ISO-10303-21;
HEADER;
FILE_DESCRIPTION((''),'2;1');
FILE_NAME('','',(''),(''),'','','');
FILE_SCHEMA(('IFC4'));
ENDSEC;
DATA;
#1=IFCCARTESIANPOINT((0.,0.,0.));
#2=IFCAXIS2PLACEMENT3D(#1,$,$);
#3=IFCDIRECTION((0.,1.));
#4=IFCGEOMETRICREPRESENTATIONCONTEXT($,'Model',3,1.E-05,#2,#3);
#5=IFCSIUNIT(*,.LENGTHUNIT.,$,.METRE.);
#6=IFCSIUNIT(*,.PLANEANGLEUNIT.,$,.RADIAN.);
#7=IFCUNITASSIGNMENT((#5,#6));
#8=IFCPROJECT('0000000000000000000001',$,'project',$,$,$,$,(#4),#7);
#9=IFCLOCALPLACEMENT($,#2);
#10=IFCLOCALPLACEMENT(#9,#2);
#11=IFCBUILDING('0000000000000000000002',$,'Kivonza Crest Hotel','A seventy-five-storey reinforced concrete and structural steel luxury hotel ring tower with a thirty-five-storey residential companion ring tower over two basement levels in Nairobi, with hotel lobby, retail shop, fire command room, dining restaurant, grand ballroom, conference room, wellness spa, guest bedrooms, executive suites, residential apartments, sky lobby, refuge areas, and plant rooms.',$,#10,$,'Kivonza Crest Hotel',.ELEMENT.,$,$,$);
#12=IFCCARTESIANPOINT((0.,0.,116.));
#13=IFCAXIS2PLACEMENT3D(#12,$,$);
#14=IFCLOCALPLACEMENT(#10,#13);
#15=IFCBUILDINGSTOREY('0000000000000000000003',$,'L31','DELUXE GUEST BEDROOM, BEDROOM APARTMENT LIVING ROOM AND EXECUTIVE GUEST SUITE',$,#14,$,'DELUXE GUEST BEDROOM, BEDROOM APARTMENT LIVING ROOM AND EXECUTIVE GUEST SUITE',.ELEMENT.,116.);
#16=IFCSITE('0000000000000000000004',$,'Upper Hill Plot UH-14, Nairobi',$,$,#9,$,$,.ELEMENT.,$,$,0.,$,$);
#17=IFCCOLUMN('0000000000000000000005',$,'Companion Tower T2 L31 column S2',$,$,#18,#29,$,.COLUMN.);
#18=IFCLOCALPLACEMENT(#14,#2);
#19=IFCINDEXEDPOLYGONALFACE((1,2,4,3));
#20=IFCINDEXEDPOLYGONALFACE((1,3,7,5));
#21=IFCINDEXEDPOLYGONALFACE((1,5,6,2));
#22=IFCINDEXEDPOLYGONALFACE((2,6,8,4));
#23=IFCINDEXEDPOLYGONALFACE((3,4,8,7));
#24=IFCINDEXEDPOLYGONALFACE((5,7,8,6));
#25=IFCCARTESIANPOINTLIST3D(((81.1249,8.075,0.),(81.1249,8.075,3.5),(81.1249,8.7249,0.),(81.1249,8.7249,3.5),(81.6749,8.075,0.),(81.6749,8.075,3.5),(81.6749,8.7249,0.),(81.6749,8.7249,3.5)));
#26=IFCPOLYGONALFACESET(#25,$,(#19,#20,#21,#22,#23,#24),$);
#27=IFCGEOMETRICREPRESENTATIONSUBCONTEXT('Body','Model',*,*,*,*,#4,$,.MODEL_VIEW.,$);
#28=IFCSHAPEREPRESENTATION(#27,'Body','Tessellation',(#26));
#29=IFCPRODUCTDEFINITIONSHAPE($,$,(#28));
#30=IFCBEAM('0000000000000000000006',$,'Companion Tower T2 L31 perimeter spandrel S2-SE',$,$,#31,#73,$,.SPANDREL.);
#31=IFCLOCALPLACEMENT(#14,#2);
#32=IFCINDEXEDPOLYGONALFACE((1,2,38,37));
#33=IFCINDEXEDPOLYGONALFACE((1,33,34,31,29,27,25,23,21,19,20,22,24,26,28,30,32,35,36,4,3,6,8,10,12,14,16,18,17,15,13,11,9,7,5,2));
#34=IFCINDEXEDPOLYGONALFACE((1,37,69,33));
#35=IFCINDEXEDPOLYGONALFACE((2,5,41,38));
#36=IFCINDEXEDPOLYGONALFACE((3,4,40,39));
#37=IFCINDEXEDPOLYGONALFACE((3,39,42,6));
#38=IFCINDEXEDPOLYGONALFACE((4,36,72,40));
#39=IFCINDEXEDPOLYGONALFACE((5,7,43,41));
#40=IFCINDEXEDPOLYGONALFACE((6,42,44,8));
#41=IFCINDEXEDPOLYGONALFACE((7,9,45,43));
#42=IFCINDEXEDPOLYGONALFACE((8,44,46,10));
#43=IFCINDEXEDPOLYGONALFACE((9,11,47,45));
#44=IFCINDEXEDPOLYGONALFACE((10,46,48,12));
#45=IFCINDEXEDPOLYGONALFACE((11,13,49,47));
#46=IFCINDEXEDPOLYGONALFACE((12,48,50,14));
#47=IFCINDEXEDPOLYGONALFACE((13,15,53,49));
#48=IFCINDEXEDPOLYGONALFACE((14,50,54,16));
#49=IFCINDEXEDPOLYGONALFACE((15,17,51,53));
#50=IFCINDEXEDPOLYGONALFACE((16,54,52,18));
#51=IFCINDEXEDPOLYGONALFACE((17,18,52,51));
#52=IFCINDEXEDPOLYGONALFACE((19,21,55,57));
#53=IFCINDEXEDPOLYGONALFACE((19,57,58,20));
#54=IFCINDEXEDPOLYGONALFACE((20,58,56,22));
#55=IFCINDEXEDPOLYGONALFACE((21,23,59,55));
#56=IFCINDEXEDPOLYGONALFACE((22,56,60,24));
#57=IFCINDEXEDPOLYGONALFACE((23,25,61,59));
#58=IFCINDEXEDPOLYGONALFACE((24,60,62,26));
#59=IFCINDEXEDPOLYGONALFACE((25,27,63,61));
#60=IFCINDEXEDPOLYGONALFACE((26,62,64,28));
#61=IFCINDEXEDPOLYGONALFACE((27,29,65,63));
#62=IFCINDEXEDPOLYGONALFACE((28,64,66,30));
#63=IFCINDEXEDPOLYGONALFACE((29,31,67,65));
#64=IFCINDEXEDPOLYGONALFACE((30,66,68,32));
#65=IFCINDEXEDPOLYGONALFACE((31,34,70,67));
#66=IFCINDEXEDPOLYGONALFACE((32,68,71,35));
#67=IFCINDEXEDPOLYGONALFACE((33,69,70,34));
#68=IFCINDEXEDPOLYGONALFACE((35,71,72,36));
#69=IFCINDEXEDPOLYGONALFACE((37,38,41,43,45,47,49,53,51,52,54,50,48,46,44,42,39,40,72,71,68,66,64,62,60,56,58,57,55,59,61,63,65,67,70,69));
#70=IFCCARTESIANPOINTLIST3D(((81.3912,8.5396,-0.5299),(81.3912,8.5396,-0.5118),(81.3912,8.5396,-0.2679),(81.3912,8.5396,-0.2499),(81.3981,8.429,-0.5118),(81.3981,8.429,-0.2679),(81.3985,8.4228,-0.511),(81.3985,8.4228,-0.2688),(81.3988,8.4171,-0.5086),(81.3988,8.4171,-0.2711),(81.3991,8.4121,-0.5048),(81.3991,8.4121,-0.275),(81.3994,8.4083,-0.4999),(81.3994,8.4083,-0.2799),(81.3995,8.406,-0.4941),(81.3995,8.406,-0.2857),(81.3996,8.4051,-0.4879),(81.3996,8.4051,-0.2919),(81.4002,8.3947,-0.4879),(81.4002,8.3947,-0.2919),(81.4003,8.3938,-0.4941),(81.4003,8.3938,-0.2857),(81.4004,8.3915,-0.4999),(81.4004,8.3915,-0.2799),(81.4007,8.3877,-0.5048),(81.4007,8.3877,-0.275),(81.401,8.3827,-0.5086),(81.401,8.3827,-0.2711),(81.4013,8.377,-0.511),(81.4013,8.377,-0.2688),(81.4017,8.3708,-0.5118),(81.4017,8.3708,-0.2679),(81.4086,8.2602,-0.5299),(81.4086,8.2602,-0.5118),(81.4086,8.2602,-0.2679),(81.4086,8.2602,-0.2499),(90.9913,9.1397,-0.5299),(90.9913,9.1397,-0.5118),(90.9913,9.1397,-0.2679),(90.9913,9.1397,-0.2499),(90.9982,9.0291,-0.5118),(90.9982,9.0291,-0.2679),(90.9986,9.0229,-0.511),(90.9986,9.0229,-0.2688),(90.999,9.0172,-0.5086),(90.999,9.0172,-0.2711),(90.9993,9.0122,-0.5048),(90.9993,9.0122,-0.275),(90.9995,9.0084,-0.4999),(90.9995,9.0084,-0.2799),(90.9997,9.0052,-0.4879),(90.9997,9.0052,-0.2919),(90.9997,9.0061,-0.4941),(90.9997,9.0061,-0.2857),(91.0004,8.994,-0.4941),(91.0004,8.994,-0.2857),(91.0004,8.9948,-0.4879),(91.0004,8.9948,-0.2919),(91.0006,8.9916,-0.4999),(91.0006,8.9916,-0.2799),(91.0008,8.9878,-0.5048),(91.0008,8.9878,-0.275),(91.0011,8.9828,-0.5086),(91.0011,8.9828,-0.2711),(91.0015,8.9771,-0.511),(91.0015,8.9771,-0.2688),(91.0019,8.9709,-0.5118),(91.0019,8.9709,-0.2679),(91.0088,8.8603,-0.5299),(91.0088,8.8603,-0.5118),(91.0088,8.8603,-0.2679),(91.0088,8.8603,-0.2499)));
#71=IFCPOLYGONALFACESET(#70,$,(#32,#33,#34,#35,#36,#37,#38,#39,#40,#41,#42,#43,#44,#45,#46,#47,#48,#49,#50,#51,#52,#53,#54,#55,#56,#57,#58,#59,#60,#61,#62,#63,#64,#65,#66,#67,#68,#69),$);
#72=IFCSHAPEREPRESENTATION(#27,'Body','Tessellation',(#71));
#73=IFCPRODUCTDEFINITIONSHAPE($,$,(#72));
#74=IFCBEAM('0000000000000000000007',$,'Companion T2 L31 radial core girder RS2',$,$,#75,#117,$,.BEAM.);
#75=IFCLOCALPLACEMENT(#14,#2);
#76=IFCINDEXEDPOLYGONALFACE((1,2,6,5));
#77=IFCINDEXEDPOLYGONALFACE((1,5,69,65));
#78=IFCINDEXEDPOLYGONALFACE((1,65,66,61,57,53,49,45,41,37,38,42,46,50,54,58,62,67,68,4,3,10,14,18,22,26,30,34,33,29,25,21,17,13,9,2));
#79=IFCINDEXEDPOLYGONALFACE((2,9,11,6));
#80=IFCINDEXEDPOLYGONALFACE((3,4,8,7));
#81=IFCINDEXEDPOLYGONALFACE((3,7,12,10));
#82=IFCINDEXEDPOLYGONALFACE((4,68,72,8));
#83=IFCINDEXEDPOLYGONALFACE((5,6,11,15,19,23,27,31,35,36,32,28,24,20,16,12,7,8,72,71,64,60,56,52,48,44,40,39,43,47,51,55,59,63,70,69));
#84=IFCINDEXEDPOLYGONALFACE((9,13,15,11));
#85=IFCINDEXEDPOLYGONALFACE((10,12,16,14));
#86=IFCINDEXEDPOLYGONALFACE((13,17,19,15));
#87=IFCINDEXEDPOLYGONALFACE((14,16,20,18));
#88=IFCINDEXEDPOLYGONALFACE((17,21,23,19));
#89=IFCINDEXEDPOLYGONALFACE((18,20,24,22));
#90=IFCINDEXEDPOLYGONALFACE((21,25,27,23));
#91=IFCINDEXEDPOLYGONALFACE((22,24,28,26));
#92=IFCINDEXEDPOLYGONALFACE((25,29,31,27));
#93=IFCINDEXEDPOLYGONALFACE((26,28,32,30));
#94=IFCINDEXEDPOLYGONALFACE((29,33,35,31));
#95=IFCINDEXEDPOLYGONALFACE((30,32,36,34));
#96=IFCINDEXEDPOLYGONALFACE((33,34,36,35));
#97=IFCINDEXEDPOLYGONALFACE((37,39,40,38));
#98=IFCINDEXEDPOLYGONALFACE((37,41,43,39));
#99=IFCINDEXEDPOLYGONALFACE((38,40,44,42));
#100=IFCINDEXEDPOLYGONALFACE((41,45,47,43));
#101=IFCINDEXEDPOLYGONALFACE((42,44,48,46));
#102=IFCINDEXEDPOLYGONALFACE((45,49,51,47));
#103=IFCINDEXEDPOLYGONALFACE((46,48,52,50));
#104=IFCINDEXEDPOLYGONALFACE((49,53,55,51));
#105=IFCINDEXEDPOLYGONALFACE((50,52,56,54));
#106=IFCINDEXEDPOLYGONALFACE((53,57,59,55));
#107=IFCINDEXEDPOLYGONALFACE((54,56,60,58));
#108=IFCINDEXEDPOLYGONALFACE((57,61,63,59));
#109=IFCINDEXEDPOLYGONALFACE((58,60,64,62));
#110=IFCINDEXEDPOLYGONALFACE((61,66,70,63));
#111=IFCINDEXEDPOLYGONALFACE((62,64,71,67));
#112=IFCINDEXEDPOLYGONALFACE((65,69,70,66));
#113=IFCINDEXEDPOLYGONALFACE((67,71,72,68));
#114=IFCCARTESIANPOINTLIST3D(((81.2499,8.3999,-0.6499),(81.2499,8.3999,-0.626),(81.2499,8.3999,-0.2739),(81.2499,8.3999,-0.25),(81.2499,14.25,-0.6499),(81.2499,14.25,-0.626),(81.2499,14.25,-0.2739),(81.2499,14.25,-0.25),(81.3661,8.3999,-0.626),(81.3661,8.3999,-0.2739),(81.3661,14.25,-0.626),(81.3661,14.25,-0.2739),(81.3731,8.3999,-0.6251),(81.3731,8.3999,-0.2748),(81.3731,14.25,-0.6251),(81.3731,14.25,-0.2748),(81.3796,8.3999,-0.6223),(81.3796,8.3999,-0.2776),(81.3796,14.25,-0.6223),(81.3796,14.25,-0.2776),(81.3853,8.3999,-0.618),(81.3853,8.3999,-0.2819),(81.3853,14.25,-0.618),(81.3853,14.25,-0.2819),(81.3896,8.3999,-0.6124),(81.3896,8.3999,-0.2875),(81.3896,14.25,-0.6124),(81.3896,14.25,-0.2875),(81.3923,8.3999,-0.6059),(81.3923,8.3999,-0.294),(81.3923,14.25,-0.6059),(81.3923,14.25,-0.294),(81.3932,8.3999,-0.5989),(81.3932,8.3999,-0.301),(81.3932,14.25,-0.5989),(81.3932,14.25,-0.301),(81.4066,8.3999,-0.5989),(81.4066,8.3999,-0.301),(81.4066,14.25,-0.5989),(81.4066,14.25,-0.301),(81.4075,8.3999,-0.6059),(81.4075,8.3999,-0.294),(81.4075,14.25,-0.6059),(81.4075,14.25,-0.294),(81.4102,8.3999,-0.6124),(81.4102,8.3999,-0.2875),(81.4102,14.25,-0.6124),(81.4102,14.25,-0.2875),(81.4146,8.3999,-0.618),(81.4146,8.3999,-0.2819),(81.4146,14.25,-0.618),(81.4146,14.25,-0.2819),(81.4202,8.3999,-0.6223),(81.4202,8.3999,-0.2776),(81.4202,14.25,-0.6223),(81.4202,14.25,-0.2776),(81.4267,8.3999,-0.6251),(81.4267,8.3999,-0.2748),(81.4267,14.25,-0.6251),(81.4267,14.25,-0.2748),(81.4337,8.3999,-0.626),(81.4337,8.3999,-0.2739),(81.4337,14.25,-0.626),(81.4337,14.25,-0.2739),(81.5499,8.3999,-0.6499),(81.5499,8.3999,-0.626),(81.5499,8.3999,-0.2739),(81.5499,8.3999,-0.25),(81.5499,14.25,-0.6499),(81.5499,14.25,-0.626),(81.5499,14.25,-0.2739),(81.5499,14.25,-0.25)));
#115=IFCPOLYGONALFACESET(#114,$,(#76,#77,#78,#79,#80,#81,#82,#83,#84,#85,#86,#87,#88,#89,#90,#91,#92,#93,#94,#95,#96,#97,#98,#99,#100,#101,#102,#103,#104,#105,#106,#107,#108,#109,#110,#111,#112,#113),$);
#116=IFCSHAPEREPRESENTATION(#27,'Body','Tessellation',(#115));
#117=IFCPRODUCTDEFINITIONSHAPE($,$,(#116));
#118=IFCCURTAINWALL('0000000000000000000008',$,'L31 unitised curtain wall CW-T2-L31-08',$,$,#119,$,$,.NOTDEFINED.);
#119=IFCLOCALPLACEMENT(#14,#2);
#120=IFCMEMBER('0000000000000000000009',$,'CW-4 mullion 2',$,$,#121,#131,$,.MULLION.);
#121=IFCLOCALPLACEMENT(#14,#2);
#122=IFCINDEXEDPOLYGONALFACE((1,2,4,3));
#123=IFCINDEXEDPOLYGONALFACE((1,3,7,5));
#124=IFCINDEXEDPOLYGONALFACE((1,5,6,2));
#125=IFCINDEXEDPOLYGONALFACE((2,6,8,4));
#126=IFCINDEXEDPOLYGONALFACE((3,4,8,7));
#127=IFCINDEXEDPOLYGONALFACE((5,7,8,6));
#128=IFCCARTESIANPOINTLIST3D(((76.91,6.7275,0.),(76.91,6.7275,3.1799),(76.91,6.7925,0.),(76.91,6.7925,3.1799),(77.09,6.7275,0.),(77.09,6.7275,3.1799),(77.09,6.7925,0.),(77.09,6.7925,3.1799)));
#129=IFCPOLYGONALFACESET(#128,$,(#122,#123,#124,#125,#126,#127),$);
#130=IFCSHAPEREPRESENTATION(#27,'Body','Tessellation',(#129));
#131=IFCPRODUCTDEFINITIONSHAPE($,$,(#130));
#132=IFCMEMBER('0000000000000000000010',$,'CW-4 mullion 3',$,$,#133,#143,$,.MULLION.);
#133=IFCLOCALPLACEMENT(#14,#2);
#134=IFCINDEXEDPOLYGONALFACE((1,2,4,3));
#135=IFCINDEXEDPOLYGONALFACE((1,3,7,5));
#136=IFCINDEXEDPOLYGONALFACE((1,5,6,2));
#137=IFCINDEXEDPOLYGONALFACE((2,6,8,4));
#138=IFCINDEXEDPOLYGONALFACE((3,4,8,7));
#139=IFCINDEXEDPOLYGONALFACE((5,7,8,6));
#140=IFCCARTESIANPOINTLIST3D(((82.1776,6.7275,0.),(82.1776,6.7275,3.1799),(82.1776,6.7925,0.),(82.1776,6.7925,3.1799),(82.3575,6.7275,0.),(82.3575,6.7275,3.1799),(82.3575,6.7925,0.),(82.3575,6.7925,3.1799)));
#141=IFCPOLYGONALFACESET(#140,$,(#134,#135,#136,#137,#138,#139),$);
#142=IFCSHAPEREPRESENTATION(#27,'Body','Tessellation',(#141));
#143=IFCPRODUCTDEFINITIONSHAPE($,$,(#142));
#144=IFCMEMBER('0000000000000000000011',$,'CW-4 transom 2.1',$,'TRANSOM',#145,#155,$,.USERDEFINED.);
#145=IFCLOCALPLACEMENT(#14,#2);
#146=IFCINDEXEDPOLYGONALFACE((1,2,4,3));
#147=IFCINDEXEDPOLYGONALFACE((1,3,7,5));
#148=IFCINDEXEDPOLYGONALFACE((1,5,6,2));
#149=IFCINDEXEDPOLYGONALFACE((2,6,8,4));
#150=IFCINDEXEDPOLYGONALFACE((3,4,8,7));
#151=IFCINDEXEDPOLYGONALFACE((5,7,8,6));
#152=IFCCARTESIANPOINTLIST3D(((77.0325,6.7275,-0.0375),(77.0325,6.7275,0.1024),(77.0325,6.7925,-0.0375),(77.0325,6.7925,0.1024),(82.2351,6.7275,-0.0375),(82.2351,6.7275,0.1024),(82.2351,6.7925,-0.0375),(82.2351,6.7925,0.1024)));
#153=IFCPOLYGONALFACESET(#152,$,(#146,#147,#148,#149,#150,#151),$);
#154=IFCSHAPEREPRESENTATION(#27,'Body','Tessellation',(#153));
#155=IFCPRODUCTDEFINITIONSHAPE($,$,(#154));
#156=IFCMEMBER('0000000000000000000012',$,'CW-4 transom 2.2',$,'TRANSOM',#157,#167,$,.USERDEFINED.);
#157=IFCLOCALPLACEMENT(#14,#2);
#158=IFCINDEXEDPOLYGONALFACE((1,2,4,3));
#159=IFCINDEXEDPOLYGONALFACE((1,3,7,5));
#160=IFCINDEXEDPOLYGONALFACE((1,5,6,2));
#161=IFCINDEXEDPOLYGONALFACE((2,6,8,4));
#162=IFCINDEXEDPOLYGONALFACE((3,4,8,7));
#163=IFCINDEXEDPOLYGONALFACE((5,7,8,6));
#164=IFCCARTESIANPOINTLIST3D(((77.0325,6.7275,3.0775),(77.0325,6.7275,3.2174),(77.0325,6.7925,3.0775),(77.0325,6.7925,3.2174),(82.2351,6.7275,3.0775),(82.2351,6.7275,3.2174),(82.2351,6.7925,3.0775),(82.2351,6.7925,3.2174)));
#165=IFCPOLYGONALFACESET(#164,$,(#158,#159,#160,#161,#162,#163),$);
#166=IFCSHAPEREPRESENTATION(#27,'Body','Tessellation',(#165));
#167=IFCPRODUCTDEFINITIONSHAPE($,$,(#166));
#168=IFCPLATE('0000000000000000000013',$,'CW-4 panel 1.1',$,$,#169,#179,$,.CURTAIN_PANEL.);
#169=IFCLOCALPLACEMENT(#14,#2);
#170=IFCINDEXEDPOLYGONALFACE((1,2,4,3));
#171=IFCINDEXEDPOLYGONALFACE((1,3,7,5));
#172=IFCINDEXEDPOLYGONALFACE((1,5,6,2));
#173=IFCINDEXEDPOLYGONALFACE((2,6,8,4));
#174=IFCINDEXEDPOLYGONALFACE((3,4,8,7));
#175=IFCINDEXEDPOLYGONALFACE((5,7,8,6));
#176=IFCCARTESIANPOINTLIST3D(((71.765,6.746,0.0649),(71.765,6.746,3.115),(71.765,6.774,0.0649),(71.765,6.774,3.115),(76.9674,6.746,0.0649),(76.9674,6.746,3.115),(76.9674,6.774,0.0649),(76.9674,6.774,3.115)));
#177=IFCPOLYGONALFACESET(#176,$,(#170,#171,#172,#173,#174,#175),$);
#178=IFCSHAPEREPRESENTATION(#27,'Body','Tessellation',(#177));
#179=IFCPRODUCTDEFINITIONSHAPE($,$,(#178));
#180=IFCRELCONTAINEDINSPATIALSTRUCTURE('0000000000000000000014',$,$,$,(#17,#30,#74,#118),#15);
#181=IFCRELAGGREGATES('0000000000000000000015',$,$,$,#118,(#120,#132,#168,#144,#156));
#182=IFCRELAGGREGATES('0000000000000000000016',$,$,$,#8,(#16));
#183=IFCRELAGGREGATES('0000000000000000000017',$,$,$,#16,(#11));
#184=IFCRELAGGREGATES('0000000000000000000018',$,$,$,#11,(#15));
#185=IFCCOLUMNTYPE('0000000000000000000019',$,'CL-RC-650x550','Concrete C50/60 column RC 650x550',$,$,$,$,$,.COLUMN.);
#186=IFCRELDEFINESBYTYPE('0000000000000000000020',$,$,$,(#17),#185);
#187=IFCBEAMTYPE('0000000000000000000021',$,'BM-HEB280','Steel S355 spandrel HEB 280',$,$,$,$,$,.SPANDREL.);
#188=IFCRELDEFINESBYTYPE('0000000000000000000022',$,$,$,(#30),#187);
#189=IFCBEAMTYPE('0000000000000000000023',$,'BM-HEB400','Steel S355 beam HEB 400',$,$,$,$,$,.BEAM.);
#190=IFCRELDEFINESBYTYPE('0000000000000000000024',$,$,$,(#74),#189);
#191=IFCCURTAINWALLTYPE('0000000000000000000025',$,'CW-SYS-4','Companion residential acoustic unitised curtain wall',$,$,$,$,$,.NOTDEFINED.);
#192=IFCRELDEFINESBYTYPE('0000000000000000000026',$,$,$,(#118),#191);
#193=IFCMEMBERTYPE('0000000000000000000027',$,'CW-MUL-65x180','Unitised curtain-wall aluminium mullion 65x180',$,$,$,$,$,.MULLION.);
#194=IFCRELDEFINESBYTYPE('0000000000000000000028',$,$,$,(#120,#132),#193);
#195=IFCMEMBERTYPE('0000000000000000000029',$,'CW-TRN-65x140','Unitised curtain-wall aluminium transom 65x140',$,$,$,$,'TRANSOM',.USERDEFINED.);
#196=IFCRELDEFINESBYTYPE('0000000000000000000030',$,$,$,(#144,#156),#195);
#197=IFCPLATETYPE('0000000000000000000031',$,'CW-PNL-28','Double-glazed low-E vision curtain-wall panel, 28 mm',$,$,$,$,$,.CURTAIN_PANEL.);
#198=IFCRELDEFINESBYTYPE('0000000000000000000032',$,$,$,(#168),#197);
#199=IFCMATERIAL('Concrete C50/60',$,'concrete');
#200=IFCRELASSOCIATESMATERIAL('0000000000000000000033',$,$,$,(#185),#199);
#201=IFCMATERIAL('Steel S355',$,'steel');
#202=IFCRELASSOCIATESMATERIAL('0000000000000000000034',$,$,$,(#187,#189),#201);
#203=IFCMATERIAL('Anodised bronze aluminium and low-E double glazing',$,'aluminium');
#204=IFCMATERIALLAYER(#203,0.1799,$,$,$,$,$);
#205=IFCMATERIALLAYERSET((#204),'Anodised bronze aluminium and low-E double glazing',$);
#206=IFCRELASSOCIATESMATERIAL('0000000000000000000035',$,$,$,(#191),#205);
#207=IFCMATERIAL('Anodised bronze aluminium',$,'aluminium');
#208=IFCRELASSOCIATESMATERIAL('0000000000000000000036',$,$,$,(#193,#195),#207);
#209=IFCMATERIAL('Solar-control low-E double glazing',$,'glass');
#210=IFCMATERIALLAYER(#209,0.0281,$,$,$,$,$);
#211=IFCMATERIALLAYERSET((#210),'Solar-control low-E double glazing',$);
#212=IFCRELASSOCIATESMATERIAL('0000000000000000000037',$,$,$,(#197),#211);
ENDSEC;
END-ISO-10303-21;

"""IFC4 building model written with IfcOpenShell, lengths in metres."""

from ifc_helpers import new_model, si_unit, direction, frame, origin, origin_2d, place, context, subcontext, project, spatial, rectangle, i_section, extrude, material, layer, layer_set, material_profile, profile_set, type_object, element, aggregate, save


model = new_model("IFC4")

# Units and contexts
model_context = context("Model", 3, precision=1e-05, world=origin(), true_north=direction((0.0, 1.0)))
body_context = subcontext(model_context, "Body", "Model", "MODEL_VIEW")
ifc_project = project(units=[si_unit("LENGTHUNIT", "METRE"), si_unit("PLANEANGLEUNIT", "RADIAN")], contexts=[model_context])

# Site, building, storey
site_placement = place(None, origin())
site = spatial("IfcSite", under=ifc_project, at=site_placement, Name="Upper Hill Plot UH-14, Nairobi", CompositionType="ELEMENT", RefElevation=0.0)
building_placement = place(site_placement, origin())
building = spatial("IfcBuilding", under=site, at=building_placement, Name="Kivonza Crest Hotel", Description="A seventy-five-storey reinforced concrete and structural steel luxury hotel ring tower with a thirty-five-storey residential companion ring tower over two basement levels in Nairobi, with hotel lobby, retail shop, fire command room, dining restaurant, grand ballroom, conference room, wellness spa, guest bedrooms, executive suites, residential apartments, sky lobby, refuge areas, and plant rooms.", LongName="Kivonza Crest Hotel", CompositionType="ELEMENT")
storey_placement = place(building_placement, frame((0.0, 0.0, 116.0)))
storey = spatial("IfcBuildingStorey", under=building, at=storey_placement, Name="L31", Description="DELUXE GUEST BEDROOM, BEDROOM APARTMENT LIVING ROOM AND EXECUTIVE GUEST SUITE", LongName="DELUXE GUEST BEDROOM, BEDROOM APARTMENT LIVING ROOM AND EXECUTIVE GUEST SUITE", CompositionType="ELEMENT", Elevation=116.0)

# Column
ifc_material_1 = material(Name="Concrete C50/60", Category="concrete")
ifc_material_profile_1 = material_profile(ifc_material_1, rectangle(XDim=0.55, YDim=0.6499, at=origin_2d()), Name="RC 650x550")
ifc_profile_set_1 = profile_set([ifc_material_profile_1], Name="Concrete C50/60")
column_type = type_object("IfcColumnType", Name="CL-RC-650x550", Description="Concrete C50/60 column RC 650x550", PredefinedType="COLUMN", material=ifc_profile_set_1)
column_placement = place(storey_placement, frame((81.3999, 8.3999, 0.0), z_axis=(0.0, 0.0, 1.0), x_axis=(1.0, 0.0, 0.0)))
element("IfcColumn", 1, at=column_placement, inside=storey, type_object=column_type, Name="Companion Tower T2 L31 column S2", PredefinedType="COLUMN", context=body_context, shape_type="SweptSolid", body=[
    extrude(rectangle(XDim=0.55, YDim=0.6499, at=origin_2d()), origin(), (0.0, 0.0, 1.0), 3.5),
])

# Beams
ifc_material_2 = material(Name="Steel S355", Category="steel")
ifc_material_profile_2 = material_profile(ifc_material_2, i_section(OverallWidth=0.28, OverallDepth=0.28, WebThickness=0.0105, FlangeThickness=0.0181, FilletRadius=0.0239, at=origin_2d()), Name="HEB 280")
ifc_profile_set_2 = profile_set([ifc_material_profile_2], Name="Steel S355")
beam_type_1 = type_object("IfcBeamType", Name="BM-HEB280", Description="Steel S355 spandrel HEB 280", PredefinedType="SPANDREL", material=ifc_profile_set_2)
beam_1_placement = place(storey_placement, frame((81.3999, 8.3999, -0.3899), z_axis=(0.998052, 0.062388, 0.0), x_axis=(-0.062388, 0.998052, 0.0)))
element("IfcBeam", 2, at=beam_1_placement, inside=storey, type_object=beam_type_1, Name="Companion Tower T2 L31 perimeter spandrel S2-SE", PredefinedType="SPANDREL", context=body_context, shape_type="SweptSolid", body=[
    extrude(i_section(OverallWidth=0.28, OverallDepth=0.28, WebThickness=0.0105, FlangeThickness=0.0181, FilletRadius=0.0239, at=origin_2d()), origin(), (0.0, 0.0, 1.0), 9.6189),
])
ifc_material_profile_3 = material_profile(ifc_material_2, i_section(OverallWidth=0.3, OverallDepth=0.3999, WebThickness=0.0134, FlangeThickness=0.0239, FilletRadius=0.0271, at=origin_2d()), Name="HEB 400")
ifc_profile_set_3 = profile_set([ifc_material_profile_3], Name="Steel S355")
beam_type_2 = type_object("IfcBeamType", Name="BM-HEB400", Description="Steel S355 beam HEB 400", PredefinedType="BEAM", material=ifc_profile_set_3)
beam_2_placement = place(storey_placement, frame((81.3999, 8.3999, -0.45), z_axis=(0.0, 1.0, 0.0), x_axis=(-1.0, 0.0, 0.0)))
element("IfcBeam", 3, at=beam_2_placement, inside=storey, type_object=beam_type_2, Name="Companion T2 L31 radial core girder RS2", PredefinedType="BEAM", context=body_context, shape_type="SweptSolid", body=[
    extrude(i_section(OverallWidth=0.3, OverallDepth=0.3999, WebThickness=0.0134, FlangeThickness=0.0239, FilletRadius=0.0271, at=origin_2d()), origin(), (0.0, 0.0, 1.0), 5.8501),
])

# Curtain wall, members, plate
ifc_material_3 = material(Name="Anodised bronze aluminium and low-E double glazing", Category="aluminium")
ifc_layer_1 = layer(ifc_material_3, 0.1799)
ifc_layer_set_1 = layer_set([ifc_layer_1], Name="Anodised bronze aluminium and low-E double glazing")
curtain_wall_type = type_object("IfcCurtainWallType", Name="CW-SYS-4", Description="Companion residential acoustic unitised curtain wall", PredefinedType="NOTDEFINED", material=ifc_layer_set_1)
curtain_wall_placement = place(storey_placement, origin())
curtain_wall = element("IfcCurtainWall", 4, at=curtain_wall_placement, inside=storey, type_object=curtain_wall_type, Name="L31 unitised curtain wall CW-T2-L31-08", PredefinedType="NOTDEFINED")
ifc_material_4 = material(Name="Anodised bronze aluminium", Category="aluminium")
ifc_material_profile_4 = material_profile(ifc_material_4, rectangle(XDim=0.0649, YDim=0.1799, at=origin_2d()), Name="CW-M 65x180")
ifc_profile_set_4 = profile_set([ifc_material_profile_4], Name="Anodised bronze aluminium")
member_type_1 = type_object("IfcMemberType", Name="CW-MUL-65x180", Description="Unitised curtain-wall aluminium mullion 65x180", PredefinedType="MULLION", material=ifc_profile_set_4)
member_1_placement = place(storey_placement, frame((77.0, 6.76, 0.0), z_axis=(0.0, 0.0, 1.0), x_axis=(0.0, 1.0, 0.0)))
member_1 = element("IfcMember", 5, at=member_1_placement, type_object=member_type_1, Name="CW-4 mullion 2", PredefinedType="MULLION", context=body_context, shape_type="SweptSolid", body=[
    extrude(rectangle(XDim=0.0649, YDim=0.1799, at=origin_2d()), origin(), (0.0, 0.0, 1.0), 3.1799),
])
member_2_placement = place(storey_placement, frame((82.2676, 6.76, 0.0), z_axis=(0.0, 0.0, 1.0), x_axis=(0.0, 1.0, 0.0)))
member_2 = element("IfcMember", 6, at=member_2_placement, type_object=member_type_1, Name="CW-4 mullion 3", PredefinedType="MULLION", context=body_context, shape_type="SweptSolid", body=[
    extrude(rectangle(XDim=0.0649, YDim=0.1799, at=origin_2d()), origin(), (0.0, 0.0, 1.0), 3.1799),
])
ifc_material_profile_5 = material_profile(ifc_material_4, rectangle(XDim=0.0649, YDim=0.1399, at=origin_2d()), Name="CW-T 65x140")
ifc_profile_set_5 = profile_set([ifc_material_profile_5], Name="Anodised bronze aluminium")
member_type_2 = type_object("IfcMemberType", Name="CW-TRN-65x140", Description="Unitised curtain-wall aluminium transom 65x140", ElementType="TRANSOM", PredefinedType="USERDEFINED", material=ifc_profile_set_5)
member_3_placement = place(storey_placement, frame((77.0325, 6.76, 0.0325), z_axis=(1.0, 0.0, 0.0), x_axis=(0.0, 1.0, 0.0)))
member_3 = element("IfcMember", 7, at=member_3_placement, type_object=member_type_2, Name="CW-4 transom 2.1", ObjectType="TRANSOM", PredefinedType="USERDEFINED", context=body_context, shape_type="SweptSolid", body=[
    extrude(rectangle(XDim=0.0649, YDim=0.1399, at=origin_2d()), origin(), (0.0, 0.0, 1.0), 5.2026),
])
member_4_placement = place(storey_placement, frame((77.0325, 6.76, 3.1475), z_axis=(1.0, 0.0, 0.0), x_axis=(0.0, 1.0, 0.0)))
member_4 = element("IfcMember", 8, at=member_4_placement, type_object=member_type_2, Name="CW-4 transom 2.2", ObjectType="TRANSOM", PredefinedType="USERDEFINED", context=body_context, shape_type="SweptSolid", body=[
    extrude(rectangle(XDim=0.0649, YDim=0.1399, at=origin_2d()), origin(), (0.0, 0.0, 1.0), 5.2026),
])
ifc_material_5 = material(Name="Solar-control low-E double glazing", Category="glass")
ifc_layer_2 = layer(ifc_material_5, 0.0281)
ifc_layer_set_2 = layer_set([ifc_layer_2], Name="Solar-control low-E double glazing")
plate_type = type_object("IfcPlateType", Name="CW-PNL-28", Description="Double-glazed low-E vision curtain-wall panel, 28 mm", PredefinedType="CURTAIN_PANEL", material=ifc_layer_set_2)
plate_1_placement = place(storey_placement, frame((74.3662, 6.76, 0.0649), z_axis=(0.0, 0.0, 1.0), x_axis=(1.0, 0.0, 0.0)))
plate_1 = element("IfcPlate", 9, at=plate_1_placement, type_object=plate_type, Name="CW-4 panel 1.1", PredefinedType="CURTAIN_PANEL", context=body_context, shape_type="SweptSolid", body=[
    extrude(rectangle(XDim=5.2024, YDim=0.0281, at=origin_2d()), origin(), (0.0, 0.0, 1.0), 3.05),
])
aggregate(curtain_wall, [member_1, member_2, plate_1, member_3, member_4])

save(model, "model.ifc")
